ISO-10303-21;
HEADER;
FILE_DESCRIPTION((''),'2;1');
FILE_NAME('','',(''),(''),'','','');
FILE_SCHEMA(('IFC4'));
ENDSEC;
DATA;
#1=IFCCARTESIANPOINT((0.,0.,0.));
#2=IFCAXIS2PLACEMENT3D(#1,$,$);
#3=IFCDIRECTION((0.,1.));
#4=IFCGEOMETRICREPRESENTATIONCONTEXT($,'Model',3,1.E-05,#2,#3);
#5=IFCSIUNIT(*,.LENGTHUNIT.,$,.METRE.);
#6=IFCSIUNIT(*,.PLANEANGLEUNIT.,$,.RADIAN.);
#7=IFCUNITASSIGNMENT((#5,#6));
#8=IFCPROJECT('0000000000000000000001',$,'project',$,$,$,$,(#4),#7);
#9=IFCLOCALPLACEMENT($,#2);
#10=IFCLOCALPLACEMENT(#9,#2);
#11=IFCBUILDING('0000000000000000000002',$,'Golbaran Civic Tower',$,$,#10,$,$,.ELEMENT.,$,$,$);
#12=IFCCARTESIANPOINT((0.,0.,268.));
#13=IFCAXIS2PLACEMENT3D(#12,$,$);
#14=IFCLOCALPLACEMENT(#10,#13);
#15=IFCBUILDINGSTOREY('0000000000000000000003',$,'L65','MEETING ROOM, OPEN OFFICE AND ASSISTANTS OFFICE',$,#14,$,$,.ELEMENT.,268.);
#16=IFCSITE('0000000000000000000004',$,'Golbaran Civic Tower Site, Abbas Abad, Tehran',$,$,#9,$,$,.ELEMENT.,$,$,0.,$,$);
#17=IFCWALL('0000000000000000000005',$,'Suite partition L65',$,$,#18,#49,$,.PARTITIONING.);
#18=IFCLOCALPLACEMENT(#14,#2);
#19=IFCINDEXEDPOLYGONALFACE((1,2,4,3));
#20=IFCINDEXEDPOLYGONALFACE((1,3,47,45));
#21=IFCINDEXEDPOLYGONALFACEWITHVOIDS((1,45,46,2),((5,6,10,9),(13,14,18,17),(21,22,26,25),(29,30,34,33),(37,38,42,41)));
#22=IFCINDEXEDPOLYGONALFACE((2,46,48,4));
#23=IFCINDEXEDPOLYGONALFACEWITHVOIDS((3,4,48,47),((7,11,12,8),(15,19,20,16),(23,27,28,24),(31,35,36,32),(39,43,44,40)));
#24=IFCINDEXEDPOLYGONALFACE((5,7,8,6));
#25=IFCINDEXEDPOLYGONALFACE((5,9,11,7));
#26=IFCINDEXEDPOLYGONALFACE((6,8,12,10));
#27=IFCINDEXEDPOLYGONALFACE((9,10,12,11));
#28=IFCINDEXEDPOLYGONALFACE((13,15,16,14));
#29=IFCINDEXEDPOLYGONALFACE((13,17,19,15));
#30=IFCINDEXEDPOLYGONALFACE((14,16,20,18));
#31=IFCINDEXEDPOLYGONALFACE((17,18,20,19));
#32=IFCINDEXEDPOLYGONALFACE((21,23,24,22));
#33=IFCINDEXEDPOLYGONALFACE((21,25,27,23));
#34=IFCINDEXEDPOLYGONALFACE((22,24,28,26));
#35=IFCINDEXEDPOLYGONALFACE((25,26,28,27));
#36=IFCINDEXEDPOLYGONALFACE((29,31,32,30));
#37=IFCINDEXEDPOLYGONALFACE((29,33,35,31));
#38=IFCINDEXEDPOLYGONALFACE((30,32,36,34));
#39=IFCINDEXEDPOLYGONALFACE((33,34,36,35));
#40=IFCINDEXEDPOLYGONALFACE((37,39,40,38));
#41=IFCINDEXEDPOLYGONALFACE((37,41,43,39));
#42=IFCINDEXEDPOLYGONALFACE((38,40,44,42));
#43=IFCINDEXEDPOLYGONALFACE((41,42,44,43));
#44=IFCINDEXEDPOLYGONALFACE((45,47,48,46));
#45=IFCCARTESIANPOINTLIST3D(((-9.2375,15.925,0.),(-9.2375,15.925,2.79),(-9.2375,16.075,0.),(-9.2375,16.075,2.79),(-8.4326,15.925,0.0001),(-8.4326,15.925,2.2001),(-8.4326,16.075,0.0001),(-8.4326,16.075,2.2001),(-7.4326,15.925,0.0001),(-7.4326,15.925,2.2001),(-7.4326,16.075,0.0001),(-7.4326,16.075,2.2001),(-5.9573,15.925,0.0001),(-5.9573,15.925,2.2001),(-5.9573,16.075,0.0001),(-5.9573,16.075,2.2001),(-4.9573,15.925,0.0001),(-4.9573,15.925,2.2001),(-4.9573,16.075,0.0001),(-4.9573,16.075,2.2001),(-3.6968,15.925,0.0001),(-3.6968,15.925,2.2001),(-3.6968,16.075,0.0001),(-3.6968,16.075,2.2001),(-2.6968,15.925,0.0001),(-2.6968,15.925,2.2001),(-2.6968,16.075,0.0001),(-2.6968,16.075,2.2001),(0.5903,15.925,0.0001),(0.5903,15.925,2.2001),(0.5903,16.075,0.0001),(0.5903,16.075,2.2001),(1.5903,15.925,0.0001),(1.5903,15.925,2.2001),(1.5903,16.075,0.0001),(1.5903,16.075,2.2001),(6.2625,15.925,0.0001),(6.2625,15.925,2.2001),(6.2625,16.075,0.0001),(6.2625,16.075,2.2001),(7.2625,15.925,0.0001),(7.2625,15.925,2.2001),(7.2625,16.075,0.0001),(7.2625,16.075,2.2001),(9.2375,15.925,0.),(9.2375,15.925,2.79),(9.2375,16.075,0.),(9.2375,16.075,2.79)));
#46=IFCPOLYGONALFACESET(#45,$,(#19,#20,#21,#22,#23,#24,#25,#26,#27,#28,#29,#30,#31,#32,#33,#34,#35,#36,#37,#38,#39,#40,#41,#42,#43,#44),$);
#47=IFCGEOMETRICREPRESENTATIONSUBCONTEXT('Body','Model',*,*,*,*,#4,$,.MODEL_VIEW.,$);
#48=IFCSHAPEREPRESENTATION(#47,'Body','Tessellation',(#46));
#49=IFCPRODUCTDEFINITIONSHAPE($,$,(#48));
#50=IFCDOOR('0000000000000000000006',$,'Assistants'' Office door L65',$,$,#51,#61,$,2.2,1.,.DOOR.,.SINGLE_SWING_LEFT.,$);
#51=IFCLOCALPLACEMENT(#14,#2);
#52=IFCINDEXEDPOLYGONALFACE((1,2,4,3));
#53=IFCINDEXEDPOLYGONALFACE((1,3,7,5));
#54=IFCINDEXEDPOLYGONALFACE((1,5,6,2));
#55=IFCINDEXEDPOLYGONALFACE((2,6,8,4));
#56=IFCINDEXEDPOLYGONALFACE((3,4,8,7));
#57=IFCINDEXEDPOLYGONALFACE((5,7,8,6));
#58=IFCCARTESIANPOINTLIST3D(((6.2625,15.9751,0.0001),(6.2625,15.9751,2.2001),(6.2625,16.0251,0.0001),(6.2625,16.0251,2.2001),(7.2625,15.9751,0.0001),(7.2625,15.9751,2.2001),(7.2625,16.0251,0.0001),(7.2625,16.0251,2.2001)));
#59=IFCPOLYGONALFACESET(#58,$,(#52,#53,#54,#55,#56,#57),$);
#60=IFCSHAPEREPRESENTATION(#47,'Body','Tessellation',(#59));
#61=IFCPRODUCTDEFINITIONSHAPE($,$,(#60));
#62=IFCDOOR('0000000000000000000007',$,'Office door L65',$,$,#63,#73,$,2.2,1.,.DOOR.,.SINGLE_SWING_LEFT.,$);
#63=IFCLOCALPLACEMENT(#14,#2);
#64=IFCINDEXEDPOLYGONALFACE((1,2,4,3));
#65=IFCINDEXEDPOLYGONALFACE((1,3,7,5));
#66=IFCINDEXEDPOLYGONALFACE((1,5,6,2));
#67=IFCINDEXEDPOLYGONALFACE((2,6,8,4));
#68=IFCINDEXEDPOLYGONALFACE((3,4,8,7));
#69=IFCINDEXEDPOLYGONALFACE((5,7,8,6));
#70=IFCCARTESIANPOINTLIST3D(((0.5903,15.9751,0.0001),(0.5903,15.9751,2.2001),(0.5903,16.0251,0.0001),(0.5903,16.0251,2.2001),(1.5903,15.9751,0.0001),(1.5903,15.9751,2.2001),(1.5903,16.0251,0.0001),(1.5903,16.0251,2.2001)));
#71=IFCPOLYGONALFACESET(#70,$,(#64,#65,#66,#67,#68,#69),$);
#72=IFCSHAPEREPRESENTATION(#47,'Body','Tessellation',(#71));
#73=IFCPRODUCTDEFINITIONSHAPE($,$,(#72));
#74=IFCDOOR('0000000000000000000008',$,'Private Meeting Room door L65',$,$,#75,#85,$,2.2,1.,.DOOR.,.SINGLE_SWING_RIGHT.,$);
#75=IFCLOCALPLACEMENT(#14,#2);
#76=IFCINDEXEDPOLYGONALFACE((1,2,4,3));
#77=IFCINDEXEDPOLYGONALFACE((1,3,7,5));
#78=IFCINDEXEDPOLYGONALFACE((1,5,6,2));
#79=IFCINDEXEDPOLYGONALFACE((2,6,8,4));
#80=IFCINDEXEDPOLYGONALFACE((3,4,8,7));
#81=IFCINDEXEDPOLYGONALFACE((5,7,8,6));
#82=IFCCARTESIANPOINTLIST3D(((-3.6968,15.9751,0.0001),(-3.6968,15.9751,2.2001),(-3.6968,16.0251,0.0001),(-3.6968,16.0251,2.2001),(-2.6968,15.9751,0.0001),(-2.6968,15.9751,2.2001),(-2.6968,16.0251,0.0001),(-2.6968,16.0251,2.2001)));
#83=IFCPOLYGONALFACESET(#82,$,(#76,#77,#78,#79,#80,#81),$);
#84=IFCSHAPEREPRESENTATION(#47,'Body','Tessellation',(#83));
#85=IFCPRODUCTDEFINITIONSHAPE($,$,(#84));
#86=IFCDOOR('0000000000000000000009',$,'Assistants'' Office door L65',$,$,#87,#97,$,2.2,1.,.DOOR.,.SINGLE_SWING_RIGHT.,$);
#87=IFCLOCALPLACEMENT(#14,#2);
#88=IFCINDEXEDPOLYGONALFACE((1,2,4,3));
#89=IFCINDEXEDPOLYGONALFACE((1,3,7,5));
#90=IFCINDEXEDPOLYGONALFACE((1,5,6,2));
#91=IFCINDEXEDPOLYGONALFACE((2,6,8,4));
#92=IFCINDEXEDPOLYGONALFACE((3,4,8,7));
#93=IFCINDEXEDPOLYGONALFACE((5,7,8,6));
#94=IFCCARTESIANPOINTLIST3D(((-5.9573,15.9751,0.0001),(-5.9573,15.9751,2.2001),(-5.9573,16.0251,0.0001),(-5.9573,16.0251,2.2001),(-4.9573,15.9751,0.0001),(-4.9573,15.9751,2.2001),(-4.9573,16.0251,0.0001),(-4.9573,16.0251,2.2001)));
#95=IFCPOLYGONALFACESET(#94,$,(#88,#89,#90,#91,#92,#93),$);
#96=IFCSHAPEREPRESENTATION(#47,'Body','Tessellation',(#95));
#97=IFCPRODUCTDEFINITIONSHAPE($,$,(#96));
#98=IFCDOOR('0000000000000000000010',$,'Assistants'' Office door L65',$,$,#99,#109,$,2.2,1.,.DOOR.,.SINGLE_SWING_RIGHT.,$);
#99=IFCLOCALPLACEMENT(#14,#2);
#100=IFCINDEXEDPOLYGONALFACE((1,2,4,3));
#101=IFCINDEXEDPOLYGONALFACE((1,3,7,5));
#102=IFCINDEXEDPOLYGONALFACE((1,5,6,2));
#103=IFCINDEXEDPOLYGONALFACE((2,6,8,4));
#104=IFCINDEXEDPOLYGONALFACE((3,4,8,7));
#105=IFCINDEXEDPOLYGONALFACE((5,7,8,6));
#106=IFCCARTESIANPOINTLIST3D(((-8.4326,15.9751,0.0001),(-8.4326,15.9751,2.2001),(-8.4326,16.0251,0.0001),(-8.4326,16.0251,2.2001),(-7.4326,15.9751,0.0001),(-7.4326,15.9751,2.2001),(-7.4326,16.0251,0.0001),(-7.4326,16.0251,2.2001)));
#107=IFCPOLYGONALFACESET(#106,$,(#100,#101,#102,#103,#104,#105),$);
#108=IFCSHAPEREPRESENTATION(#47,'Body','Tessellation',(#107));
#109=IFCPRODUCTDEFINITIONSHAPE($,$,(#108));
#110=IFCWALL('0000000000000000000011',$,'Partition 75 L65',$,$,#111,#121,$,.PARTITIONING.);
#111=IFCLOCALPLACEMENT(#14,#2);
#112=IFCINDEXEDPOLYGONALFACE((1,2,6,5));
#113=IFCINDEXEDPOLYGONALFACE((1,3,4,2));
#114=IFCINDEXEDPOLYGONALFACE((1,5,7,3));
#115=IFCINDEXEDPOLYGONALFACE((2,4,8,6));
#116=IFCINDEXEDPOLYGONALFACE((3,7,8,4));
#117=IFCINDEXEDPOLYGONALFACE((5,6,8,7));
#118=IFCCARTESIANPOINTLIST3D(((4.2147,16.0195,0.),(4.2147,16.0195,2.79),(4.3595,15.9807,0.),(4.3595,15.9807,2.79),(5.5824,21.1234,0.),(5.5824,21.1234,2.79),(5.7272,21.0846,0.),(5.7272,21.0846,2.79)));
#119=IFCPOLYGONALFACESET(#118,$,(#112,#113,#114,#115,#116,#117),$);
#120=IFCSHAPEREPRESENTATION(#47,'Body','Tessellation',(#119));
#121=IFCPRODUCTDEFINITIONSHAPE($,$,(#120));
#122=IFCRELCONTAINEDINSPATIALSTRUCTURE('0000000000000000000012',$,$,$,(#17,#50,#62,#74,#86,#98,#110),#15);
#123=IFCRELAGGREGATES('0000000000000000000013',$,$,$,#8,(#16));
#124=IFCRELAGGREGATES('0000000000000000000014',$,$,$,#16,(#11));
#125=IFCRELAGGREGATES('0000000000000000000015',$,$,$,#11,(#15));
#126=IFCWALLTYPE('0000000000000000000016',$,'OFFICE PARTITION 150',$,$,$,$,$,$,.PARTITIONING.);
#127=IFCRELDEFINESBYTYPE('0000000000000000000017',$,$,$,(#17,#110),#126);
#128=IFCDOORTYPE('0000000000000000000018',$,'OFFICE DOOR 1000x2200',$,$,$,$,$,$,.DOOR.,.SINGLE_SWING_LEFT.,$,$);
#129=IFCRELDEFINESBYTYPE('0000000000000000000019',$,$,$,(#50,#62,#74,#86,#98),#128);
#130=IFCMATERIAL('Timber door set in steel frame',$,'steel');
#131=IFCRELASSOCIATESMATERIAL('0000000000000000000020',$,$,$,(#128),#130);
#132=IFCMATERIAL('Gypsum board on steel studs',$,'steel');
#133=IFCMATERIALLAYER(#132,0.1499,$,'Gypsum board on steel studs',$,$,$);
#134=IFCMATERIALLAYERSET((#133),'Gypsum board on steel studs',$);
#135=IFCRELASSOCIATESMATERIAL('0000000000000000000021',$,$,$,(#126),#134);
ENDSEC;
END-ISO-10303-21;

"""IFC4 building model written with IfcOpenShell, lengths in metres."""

from ifc_helpers import new_model, si_unit, direction, frame, frame_2d, origin, place, context, subcontext, project, spatial, rectangle, extrude, material, layer, layer_set, type_object, element, fill, save


model = new_model("IFC4")

# Units and contexts
model_context = context("Model", 3, precision=1e-05, world=origin(), true_north=direction((0.0, 1.0)))
body_context = subcontext(model_context, "Body", "Model", "MODEL_VIEW")
ifc_project = project(units=[si_unit("LENGTHUNIT", "METRE"), si_unit("PLANEANGLEUNIT", "RADIAN")], contexts=[model_context])

# Site, building, storey
site_placement = place(None, origin())
site = spatial("IfcSite", under=ifc_project, at=site_placement, Name="Golbaran Civic Tower Site, Abbas Abad, Tehran", CompositionType="ELEMENT", RefElevation=0.0)
building_placement = place(site_placement, origin())
building = spatial("IfcBuilding", under=site, at=building_placement, Name="Golbaran Civic Tower", CompositionType="ELEMENT")
storey_placement = place(building_placement, frame((0.0, 0.0, 268.0)))
storey = spatial("IfcBuildingStorey", under=building, at=storey_placement, Name="L65", Description="MEETING ROOM, OPEN OFFICE AND ASSISTANTS OFFICE", CompositionType="ELEMENT", Elevation=268.0)

# Shared definitions
ifc_material_1 = material(Name="Timber door set in steel frame", Category="steel")
door_type_1 = type_object("IfcDoorType", Name="OFFICE DOOR 1000x2200", OperationType="SINGLE_SWING_LEFT", PredefinedType="DOOR", material=ifc_material_1)

# Shared definitions
ifc_material_2 = material(Name="Gypsum board on steel studs", Category="steel")
ifc_layer_1 = layer(ifc_material_2, 0.1499, Name="Gypsum board on steel studs")
ifc_layer_set_1 = layer_set([ifc_layer_1], Name="Gypsum board on steel studs")
wall_type_1 = type_object("IfcWallType", Name="OFFICE PARTITION 150", PredefinedType="PARTITIONING", material=ifc_layer_set_1)

# Wall, openings, doors
wall_1_placement = place(storey_placement, frame((9.2375, 16.0, 0.0), z_axis=(0.0, 0.0, 1.0), x_axis=(-1.0, 0.0, 0.0)))
wall_1 = element("IfcWall", 1, at=wall_1_placement, inside=storey, type_object=wall_type_1, Name="Suite partition L65", PredefinedType="PARTITIONING", context=body_context, shape_type="SweptSolid", body=[
    extrude(rectangle(XDim=18.4751, YDim=0.1499, at=frame_2d((9.2375, 0.0))), origin(), (0.0, 0.0, 1.0), 2.79),
])
opening_1_placement = place(wall_1_placement, frame((1.9751, 0.0, 0.0)))
opening_1 = element("IfcOpeningElement", 2, at=opening_1_placement, cuts=wall_1, PredefinedType="OPENING", context=body_context, shape_type="SweptSolid", body=[
    extrude(rectangle(XDim=1.0, YDim=2.2, at=frame_2d((0.5, 1.1001))), frame((0.0, 0.085, 0.0), z_axis=(0.0, -1.0, 0.0), x_axis=(1.0, 0.0, 0.0)), (0.0, 0.0, 1.0), 0.1699),
])
opening_2_placement = place(wall_1_placement, frame((7.6472, 0.0, 0.0)))
opening_2 = element("IfcOpeningElement", 3, at=opening_2_placement, cuts=wall_1, PredefinedType="OPENING", context=body_context, shape_type="SweptSolid", body=[
    extrude(rectangle(XDim=1.0, YDim=2.2, at=frame_2d((0.5, 1.1001))), frame((0.0, 0.085, 0.0), z_axis=(0.0, -1.0, 0.0), x_axis=(1.0, 0.0, 0.0)), (0.0, 0.0, 1.0), 0.1699),
])
opening_3_placement = place(wall_1_placement, frame((11.9343, 0.0, 0.0)))
opening_3 = element("IfcOpeningElement", 4, at=opening_3_placement, cuts=wall_1, PredefinedType="OPENING", context=body_context, shape_type="SweptSolid", body=[
    extrude(rectangle(XDim=1.0, YDim=2.2, at=frame_2d((0.5, 1.1001))), frame((0.0, 0.085, 0.0), z_axis=(0.0, -1.0, 0.0), x_axis=(1.0, 0.0, 0.0)), (0.0, 0.0, 1.0), 0.1699),
])
opening_4_placement = place(wall_1_placement, frame((14.1948, 0.0, 0.0)))
opening_4 = element("IfcOpeningElement", 5, at=opening_4_placement, cuts=wall_1, PredefinedType="OPENING", context=body_context, shape_type="SweptSolid", body=[
    extrude(rectangle(XDim=1.0, YDim=2.2, at=frame_2d((0.5, 1.1001))), frame((0.0, 0.085, 0.0), z_axis=(0.0, -1.0, 0.0), x_axis=(1.0, 0.0, 0.0)), (0.0, 0.0, 1.0), 0.1699),
])
opening_5_placement = place(wall_1_placement, frame((16.6702, 0.0, 0.0)))
opening_5 = element("IfcOpeningElement", 6, at=opening_5_placement, cuts=wall_1, PredefinedType="OPENING", context=body_context, shape_type="SweptSolid", body=[
    extrude(rectangle(XDim=1.0, YDim=2.2, at=frame_2d((0.5, 1.1001))), frame((0.0, 0.085, 0.0), z_axis=(0.0, -1.0, 0.0), x_axis=(1.0, 0.0, 0.0)), (0.0, 0.0, 1.0), 0.1699),
])
door_1_placement = place(opening_1_placement, origin())
door_1 = element("IfcDoor", 7, at=door_1_placement, inside=storey, type_object=door_type_1, Name="Assistants' Office door L65", OperationType="SINGLE_SWING_LEFT", OverallHeight=2.2, OverallWidth=1.0, PredefinedType="DOOR", context=body_context, shape_type="SweptSolid", body=[
    extrude(rectangle(XDim=1.0, YDim=2.2, at=frame_2d((0.5, 1.1001))), frame((0.0, 0.0249, 0.0), z_axis=(0.0, -1.0, 0.0), x_axis=(1.0, 0.0, 0.0)), (0.0, 0.0, 1.0), 0.05),
])
fill(opening_1, door_1)
door_2_placement = place(opening_2_placement, origin())
door_2 = element("IfcDoor", 8, at=door_2_placement, inside=storey, type_object=door_type_1, Name="Office door L65", OperationType="SINGLE_SWING_LEFT", OverallHeight=2.2, OverallWidth=1.0, PredefinedType="DOOR", context=body_context, shape_type="SweptSolid", body=[
    extrude(rectangle(XDim=1.0, YDim=2.2, at=frame_2d((0.5, 1.1001))), frame((0.0, 0.0249, 0.0), z_axis=(0.0, -1.0, 0.0), x_axis=(1.0, 0.0, 0.0)), (0.0, 0.0, 1.0), 0.05),
])
fill(opening_2, door_2)
door_3_placement = place(opening_3_placement, origin())
door_3 = element("IfcDoor", 9, at=door_3_placement, inside=storey, type_object=door_type_1, Name="Private Meeting Room door L65", OperationType="SINGLE_SWING_RIGHT", OverallHeight=2.2, OverallWidth=1.0, PredefinedType="DOOR", context=body_context, shape_type="SweptSolid", body=[
    extrude(rectangle(XDim=1.0, YDim=2.2, at=frame_2d((0.5, 1.1001))), frame((0.0, 0.0249, 0.0), z_axis=(0.0, -1.0, 0.0), x_axis=(1.0, 0.0, 0.0)), (0.0, 0.0, 1.0), 0.05),
])
fill(opening_3, door_3)
door_4_placement = place(opening_4_placement, origin())
door_4 = element("IfcDoor", 10, at=door_4_placement, inside=storey, type_object=door_type_1, Name="Assistants' Office door L65", OperationType="SINGLE_SWING_RIGHT", OverallHeight=2.2, OverallWidth=1.0, PredefinedType="DOOR", context=body_context, shape_type="SweptSolid", body=[
    extrude(rectangle(XDim=1.0, YDim=2.2, at=frame_2d((0.5, 1.1001))), frame((0.0, 0.0249, 0.0), z_axis=(0.0, -1.0, 0.0), x_axis=(1.0, 0.0, 0.0)), (0.0, 0.0, 1.0), 0.05),
])
fill(opening_4, door_4)
door_5_placement = place(opening_5_placement, origin())
door_5 = element("IfcDoor", 11, at=door_5_placement, inside=storey, type_object=door_type_1, Name="Assistants' Office door L65", OperationType="SINGLE_SWING_RIGHT", OverallHeight=2.2, OverallWidth=1.0, PredefinedType="DOOR", context=body_context, shape_type="SweptSolid", body=[
    extrude(rectangle(XDim=1.0, YDim=2.2, at=frame_2d((0.5, 1.1001))), frame((0.0, 0.0249, 0.0), z_axis=(0.0, -1.0, 0.0), x_axis=(1.0, 0.0, 0.0)), (0.0, 0.0, 1.0), 0.05),
])
fill(opening_5, door_5)

# Wall
wall_2_placement = place(storey_placement, frame((4.2871, 16.0, 0.0), z_axis=(0.0, 0.0, 1.0), x_axis=(0.258842, 0.96592, 0.0)))
element("IfcWall", 12, at=wall_2_placement, inside=storey, type_object=wall_type_1, Name="Partition 75 L65", PredefinedType="PARTITIONING", context=body_context, shape_type="SweptSolid", body=[
    extrude(rectangle(XDim=5.2839, YDim=0.1499, at=frame_2d((2.6421, 0.0))), origin(), (0.0, 0.0, 1.0), 2.79),
])

save(model, "model.ifc")
